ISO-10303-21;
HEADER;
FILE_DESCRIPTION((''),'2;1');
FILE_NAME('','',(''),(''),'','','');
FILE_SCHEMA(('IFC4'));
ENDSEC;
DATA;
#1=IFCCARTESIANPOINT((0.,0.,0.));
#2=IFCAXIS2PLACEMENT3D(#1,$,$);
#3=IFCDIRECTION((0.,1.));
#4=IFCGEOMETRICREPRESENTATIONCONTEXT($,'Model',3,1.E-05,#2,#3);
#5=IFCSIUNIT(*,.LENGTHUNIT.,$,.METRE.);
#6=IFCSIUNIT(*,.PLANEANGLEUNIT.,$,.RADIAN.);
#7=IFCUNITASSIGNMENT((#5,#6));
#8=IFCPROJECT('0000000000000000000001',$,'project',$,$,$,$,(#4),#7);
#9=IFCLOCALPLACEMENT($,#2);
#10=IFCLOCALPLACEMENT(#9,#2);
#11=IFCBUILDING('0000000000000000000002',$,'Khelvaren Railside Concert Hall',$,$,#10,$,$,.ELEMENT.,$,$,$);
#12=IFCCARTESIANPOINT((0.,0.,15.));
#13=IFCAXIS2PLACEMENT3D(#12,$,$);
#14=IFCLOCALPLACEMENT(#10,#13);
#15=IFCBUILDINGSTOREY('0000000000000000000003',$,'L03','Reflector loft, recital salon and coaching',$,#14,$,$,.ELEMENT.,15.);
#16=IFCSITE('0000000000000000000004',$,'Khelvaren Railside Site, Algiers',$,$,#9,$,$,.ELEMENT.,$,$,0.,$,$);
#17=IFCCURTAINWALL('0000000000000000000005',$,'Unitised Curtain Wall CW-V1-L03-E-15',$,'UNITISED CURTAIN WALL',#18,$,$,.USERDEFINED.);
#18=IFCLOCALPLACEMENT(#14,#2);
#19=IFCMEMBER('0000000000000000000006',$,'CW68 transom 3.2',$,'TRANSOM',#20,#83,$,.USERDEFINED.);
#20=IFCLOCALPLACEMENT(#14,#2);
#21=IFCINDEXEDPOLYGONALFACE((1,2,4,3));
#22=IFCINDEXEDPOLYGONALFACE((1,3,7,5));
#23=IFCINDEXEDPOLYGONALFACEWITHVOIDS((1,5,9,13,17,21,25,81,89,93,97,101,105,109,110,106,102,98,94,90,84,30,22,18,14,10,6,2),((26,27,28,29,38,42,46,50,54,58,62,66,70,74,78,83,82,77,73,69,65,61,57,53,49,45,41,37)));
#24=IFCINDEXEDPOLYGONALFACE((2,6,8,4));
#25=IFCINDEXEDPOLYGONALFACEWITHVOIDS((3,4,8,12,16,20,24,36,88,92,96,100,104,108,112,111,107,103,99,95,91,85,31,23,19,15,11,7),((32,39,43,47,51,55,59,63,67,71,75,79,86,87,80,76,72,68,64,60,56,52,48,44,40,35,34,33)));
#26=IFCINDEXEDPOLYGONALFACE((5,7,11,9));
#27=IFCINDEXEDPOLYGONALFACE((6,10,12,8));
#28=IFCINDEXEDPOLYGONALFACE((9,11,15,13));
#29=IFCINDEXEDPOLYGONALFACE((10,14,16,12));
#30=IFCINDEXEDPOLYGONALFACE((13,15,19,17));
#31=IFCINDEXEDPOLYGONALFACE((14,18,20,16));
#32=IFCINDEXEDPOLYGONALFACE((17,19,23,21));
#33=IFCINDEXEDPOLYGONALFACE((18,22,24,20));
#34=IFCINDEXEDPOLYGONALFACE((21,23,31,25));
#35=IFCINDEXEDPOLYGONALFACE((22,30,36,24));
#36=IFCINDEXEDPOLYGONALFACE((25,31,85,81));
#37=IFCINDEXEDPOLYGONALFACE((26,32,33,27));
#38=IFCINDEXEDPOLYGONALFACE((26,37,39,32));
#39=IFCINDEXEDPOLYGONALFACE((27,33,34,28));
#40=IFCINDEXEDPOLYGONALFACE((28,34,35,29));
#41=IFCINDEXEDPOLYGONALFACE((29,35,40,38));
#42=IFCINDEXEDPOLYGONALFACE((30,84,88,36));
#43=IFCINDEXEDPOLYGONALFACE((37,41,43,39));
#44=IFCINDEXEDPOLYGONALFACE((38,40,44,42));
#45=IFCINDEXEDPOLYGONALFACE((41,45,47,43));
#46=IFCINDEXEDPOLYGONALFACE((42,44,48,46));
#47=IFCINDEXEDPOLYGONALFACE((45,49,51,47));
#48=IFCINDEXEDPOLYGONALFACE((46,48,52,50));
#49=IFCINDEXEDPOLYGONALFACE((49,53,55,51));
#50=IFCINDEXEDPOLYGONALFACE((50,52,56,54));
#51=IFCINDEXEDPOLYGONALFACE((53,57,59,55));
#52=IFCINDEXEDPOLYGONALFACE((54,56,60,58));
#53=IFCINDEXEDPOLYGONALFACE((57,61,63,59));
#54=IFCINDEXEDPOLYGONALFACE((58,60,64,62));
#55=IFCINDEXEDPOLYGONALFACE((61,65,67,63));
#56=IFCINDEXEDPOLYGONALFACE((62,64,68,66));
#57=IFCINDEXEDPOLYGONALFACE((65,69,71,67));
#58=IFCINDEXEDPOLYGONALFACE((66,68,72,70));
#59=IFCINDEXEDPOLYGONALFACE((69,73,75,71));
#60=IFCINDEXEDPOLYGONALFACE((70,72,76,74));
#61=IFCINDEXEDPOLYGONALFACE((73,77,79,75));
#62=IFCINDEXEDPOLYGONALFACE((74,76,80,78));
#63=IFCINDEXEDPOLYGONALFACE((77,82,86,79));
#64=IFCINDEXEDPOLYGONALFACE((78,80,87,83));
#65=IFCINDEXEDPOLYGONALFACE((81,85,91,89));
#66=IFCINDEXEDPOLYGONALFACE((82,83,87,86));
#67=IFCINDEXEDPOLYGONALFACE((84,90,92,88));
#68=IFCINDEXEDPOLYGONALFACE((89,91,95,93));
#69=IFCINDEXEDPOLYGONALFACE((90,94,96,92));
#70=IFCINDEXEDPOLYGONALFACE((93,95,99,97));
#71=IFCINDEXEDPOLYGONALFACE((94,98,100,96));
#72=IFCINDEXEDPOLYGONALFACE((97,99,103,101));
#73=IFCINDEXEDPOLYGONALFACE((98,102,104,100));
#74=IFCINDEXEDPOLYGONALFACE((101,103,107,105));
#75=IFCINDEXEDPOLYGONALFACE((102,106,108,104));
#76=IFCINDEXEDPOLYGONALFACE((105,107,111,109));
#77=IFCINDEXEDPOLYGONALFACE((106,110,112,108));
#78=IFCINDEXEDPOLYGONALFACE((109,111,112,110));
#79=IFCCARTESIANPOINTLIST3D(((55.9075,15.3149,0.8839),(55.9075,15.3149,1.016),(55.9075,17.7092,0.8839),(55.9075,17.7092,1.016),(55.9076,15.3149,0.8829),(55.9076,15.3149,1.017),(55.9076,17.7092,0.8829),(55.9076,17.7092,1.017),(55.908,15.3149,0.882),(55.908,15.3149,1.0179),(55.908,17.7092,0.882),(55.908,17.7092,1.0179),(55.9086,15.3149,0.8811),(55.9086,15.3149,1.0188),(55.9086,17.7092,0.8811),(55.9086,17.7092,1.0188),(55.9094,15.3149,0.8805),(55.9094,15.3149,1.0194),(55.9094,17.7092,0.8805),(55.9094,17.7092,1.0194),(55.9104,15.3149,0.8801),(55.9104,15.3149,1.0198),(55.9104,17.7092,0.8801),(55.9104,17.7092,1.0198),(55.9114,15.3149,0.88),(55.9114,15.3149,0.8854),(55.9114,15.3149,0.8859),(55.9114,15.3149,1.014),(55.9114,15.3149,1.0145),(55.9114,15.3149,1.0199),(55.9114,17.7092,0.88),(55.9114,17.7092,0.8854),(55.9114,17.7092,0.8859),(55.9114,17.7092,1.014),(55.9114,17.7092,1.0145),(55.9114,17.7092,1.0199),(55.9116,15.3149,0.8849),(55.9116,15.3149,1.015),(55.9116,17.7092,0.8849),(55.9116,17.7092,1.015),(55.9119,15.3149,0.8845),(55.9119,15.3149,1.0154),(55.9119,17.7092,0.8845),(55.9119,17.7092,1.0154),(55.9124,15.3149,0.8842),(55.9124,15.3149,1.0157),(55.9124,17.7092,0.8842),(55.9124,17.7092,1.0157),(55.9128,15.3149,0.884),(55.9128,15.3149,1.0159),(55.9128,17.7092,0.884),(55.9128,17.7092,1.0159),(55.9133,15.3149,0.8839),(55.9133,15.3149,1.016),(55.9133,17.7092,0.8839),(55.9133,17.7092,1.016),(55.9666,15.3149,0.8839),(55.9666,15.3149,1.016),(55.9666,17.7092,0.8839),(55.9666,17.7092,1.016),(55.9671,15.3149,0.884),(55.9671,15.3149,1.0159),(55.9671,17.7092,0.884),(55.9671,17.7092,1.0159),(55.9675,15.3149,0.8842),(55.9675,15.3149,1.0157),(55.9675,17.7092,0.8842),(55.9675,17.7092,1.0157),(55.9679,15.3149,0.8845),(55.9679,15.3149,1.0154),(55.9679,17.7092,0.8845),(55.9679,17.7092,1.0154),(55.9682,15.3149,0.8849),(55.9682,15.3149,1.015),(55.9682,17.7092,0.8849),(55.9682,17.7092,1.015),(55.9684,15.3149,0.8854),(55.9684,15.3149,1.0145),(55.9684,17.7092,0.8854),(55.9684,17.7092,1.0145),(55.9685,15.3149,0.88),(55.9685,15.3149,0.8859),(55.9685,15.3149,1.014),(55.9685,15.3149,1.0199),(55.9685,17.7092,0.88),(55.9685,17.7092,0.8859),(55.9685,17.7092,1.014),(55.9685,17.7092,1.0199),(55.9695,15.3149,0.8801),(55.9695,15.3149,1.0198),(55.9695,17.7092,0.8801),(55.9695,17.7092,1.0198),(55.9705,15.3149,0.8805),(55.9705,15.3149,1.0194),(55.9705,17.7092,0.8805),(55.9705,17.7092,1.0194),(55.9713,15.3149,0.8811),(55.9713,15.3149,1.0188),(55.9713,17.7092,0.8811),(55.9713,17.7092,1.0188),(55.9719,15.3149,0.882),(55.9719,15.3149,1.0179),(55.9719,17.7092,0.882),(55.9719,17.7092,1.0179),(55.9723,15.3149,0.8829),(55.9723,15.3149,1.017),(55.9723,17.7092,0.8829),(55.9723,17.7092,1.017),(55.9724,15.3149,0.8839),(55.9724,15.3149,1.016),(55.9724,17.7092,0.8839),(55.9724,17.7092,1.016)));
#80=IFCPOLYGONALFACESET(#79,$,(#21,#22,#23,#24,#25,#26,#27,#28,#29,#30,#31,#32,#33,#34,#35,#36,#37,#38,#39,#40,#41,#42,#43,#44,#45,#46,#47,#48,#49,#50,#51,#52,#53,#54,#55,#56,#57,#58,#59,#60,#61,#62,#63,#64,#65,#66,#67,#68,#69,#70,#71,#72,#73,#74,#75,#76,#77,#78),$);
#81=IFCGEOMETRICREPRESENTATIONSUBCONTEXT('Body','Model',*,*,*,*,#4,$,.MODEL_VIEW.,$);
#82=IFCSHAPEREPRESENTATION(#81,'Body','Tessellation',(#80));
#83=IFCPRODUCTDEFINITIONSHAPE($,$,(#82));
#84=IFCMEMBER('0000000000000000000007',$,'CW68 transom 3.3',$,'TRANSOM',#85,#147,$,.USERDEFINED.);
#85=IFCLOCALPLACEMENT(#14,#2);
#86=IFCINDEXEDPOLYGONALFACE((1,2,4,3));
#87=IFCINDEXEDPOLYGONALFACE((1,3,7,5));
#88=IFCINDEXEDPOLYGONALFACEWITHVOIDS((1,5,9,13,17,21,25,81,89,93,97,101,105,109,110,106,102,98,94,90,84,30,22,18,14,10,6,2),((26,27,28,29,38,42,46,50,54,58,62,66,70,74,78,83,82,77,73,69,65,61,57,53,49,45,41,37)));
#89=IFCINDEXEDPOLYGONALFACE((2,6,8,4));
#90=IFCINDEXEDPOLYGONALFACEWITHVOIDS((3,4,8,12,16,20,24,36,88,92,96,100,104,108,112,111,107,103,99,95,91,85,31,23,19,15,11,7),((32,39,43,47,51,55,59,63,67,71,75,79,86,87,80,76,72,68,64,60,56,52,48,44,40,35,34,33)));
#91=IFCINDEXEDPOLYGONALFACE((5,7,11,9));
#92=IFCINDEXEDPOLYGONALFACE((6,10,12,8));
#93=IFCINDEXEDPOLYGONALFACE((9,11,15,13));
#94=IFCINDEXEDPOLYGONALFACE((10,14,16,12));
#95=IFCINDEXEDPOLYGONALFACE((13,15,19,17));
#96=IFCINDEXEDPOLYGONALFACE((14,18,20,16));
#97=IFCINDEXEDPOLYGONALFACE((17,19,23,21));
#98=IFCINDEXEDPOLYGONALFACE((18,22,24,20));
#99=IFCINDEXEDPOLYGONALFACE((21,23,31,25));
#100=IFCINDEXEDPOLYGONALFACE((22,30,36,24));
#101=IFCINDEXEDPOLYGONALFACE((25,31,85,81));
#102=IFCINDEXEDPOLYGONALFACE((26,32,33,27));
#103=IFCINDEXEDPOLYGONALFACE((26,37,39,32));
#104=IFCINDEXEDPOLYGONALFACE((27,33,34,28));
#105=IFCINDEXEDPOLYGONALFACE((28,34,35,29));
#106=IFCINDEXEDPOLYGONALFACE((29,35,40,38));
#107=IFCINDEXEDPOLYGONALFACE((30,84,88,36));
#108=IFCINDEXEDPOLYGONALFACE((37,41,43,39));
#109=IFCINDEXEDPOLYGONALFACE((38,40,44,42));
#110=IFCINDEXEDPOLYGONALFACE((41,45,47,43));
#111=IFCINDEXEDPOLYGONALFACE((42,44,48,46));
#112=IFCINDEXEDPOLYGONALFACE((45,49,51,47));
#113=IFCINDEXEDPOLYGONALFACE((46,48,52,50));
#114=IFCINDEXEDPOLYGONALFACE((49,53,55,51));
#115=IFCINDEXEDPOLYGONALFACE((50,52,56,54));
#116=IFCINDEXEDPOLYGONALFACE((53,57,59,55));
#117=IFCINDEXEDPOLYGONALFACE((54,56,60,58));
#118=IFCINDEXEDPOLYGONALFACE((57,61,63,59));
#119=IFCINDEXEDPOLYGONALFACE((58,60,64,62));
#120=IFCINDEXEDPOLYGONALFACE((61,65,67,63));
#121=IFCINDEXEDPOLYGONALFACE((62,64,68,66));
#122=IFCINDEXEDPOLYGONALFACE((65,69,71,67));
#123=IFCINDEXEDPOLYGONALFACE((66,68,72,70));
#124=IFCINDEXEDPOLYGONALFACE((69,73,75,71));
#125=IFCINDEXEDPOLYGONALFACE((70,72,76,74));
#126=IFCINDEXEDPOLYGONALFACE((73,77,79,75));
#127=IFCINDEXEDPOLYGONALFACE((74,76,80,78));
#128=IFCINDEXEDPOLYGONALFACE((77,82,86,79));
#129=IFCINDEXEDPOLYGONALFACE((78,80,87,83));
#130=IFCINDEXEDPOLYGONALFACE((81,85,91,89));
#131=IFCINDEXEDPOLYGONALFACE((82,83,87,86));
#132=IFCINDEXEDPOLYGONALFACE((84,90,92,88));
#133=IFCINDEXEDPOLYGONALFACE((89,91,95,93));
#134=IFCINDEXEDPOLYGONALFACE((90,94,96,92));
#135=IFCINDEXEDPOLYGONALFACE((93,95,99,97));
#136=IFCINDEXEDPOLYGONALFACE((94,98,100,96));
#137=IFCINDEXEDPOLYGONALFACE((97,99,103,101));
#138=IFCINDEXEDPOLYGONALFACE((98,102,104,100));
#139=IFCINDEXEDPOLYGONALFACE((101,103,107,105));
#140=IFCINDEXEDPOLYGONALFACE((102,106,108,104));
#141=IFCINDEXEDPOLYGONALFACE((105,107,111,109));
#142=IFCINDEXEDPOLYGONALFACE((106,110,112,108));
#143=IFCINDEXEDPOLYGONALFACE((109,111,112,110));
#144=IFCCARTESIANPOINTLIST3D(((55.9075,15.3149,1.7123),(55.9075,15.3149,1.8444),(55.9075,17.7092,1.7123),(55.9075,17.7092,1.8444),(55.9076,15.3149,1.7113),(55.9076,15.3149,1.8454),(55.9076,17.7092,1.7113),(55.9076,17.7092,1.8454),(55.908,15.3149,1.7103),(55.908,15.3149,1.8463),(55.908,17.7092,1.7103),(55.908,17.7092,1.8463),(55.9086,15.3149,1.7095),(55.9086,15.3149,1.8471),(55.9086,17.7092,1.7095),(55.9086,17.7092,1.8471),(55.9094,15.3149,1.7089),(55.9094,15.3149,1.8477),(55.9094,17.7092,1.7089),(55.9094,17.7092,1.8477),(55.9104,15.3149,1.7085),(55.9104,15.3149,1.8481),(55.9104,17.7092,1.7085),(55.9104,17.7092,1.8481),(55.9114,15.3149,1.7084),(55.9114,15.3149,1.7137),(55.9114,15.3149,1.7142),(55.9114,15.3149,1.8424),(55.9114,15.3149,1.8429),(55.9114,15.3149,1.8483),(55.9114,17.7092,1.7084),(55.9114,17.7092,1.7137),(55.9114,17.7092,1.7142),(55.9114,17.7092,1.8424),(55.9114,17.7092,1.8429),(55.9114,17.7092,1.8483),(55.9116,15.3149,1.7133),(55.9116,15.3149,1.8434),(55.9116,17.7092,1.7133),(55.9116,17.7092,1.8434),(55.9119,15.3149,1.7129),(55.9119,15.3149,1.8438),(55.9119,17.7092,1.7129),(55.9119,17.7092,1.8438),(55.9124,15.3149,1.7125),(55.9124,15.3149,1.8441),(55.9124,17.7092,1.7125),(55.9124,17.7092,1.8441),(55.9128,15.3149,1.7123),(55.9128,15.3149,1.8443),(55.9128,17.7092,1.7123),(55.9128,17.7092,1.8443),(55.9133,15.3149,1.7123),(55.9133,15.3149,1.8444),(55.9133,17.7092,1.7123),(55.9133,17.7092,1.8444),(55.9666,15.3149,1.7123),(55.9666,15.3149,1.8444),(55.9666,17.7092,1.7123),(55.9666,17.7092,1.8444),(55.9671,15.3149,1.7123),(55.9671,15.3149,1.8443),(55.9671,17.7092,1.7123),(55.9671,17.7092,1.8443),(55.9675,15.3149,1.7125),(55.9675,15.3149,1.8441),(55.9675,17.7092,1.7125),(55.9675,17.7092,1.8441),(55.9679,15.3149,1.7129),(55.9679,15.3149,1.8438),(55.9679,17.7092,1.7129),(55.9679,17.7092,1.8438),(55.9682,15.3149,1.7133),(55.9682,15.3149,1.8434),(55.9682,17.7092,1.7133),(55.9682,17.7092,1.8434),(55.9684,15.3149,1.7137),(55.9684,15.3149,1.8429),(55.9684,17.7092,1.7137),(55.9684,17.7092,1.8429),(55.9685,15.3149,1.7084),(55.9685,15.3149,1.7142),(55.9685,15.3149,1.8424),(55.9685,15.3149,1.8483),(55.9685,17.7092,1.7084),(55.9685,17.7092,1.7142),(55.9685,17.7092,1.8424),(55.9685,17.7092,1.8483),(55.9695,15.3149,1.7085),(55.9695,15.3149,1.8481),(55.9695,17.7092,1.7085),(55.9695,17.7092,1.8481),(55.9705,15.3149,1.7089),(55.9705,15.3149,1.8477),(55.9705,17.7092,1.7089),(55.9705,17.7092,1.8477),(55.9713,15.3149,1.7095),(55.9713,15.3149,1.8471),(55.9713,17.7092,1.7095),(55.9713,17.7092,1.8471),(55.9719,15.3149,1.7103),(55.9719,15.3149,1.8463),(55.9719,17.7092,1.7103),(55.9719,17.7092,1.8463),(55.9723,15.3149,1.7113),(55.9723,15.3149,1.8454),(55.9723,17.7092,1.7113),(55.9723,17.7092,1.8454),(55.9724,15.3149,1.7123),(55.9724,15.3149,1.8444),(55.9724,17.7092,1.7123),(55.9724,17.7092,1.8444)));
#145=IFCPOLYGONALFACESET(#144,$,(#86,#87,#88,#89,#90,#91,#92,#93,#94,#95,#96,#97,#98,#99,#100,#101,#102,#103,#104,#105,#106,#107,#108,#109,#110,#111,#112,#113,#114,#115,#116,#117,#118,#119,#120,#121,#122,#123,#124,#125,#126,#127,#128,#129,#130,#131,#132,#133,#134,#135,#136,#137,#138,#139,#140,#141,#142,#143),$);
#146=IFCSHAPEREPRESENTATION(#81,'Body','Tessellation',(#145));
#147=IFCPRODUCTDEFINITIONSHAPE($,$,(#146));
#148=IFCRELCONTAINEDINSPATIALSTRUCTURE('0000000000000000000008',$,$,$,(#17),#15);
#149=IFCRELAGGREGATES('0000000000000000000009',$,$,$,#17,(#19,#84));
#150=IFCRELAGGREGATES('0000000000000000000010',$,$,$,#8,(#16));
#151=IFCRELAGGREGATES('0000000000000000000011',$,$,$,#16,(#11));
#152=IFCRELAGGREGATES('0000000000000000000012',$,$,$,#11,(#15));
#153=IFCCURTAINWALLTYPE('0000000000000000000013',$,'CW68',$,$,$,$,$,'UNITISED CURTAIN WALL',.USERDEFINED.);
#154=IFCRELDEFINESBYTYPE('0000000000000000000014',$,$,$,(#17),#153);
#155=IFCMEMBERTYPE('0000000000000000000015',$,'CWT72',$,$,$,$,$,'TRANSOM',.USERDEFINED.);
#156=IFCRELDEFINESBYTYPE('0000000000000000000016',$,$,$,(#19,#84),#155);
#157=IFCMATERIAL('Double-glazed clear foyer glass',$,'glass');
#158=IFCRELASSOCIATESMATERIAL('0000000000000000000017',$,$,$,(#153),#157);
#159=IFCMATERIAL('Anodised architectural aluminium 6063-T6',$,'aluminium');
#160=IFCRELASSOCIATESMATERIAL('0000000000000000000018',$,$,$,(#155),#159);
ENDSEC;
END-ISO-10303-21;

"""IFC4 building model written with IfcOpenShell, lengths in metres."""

from ifc_helpers import new_model, si_unit, direction, frame, origin, origin_2d, place, context, subcontext, project, spatial, hollow_rectangle, extrude, material, material_profile, profile_set, type_object, element, aggregate, save


model = new_model("IFC4")

# Units and contexts
model_context = context("Model", 3, precision=1e-05, world=origin(), true_north=direction((0.0, 1.0)))
body_context = subcontext(model_context, "Body", "Model", "MODEL_VIEW")
ifc_project = project(units=[si_unit("LENGTHUNIT", "METRE"), si_unit("PLANEANGLEUNIT", "RADIAN")], contexts=[model_context])

# Site, building, storey
site_placement = place(None, origin())
site = spatial("IfcSite", under=ifc_project, at=site_placement, Name="Khelvaren Railside Site, Algiers", CompositionType="ELEMENT", RefElevation=0.0)
building_placement = place(site_placement, origin())
building = spatial("IfcBuilding", under=site, at=building_placement, Name="Khelvaren Railside Concert Hall", CompositionType="ELEMENT")
storey_placement = place(building_placement, frame((0.0, 0.0, 15.0)))
storey = spatial("IfcBuildingStorey", under=building, at=storey_placement, Name="L03", Description="Reflector loft, recital salon and coaching", CompositionType="ELEMENT", Elevation=15.0)

# Curtain wall
ifc_material_1 = material(Name="Double-glazed clear foyer glass", Category="glass")
curtain_wall_type_1 = type_object("IfcCurtainWallType", Name="CW68", ElementType="UNITISED CURTAIN WALL", PredefinedType="USERDEFINED", material=ifc_material_1)
curtain_wall_1_placement = place(storey_placement, origin())
curtain_wall_1 = element("IfcCurtainWall", 1, at=curtain_wall_1_placement, inside=storey, type_object=curtain_wall_type_1, Name="Unitised Curtain Wall CW-V1-L03-E-15", ObjectType="UNITISED CURTAIN WALL", PredefinedType="USERDEFINED")
ifc_material_2 = material(Name="Anodised architectural aluminium 6063-T6", Category="aluminium")

# Members
ifc_material_profile_1 = material_profile(ifc_material_2, hollow_rectangle(XDim=0.0649, YDim=0.1399, WallThickness=0.0039, InnerFilletRadius=0.002, OuterFilletRadius=0.0039, at=origin_2d()), Name="CWT 65x140x4")
ifc_profile_set_1 = profile_set([ifc_material_profile_1], Name="Anodised architectural aluminium 6063-T6")
member_type_1 = type_object("IfcMemberType", Name="CWT72", ElementType="TRANSOM", PredefinedType="USERDEFINED", material=ifc_profile_set_1)
member_1_placement = place(storey_placement, frame((55.9399, 17.7092, 0.95), z_axis=(0.0, -1.0, 0.0), x_axis=(1.0, 0.0, 0.0)))
member_1 = element("IfcMember", 2, at=member_1_placement, type_object=member_type_1, Name="CW68 transom 3.2", ObjectType="TRANSOM", PredefinedType="USERDEFINED", context=body_context, shape_type="SweptSolid", body=[
    extrude(hollow_rectangle(XDim=0.0649, YDim=0.1399, WallThickness=0.0039, InnerFilletRadius=0.002, OuterFilletRadius=0.0039, at=origin_2d()), origin(), (0.0, 0.0, 1.0), 2.3943),
])
member_2_placement = place(storey_placement, frame((55.9399, 17.7092, 1.7783), z_axis=(0.0, -1.0, 0.0), x_axis=(1.0, 0.0, 0.0)))
member_2 = element("IfcMember", 3, at=member_2_placement, type_object=member_type_1, Name="CW68 transom 3.3", ObjectType="TRANSOM", PredefinedType="USERDEFINED", context=body_context, shape_type="SweptSolid", body=[
    extrude(hollow_rectangle(XDim=0.0649, YDim=0.1399, WallThickness=0.0039, InnerFilletRadius=0.002, OuterFilletRadius=0.0039, at=origin_2d()), origin(), (0.0, 0.0, 1.0), 2.3943),
])

aggregate(curtain_wall_1, [member_1, member_2])

save(model, "model.ifc")
